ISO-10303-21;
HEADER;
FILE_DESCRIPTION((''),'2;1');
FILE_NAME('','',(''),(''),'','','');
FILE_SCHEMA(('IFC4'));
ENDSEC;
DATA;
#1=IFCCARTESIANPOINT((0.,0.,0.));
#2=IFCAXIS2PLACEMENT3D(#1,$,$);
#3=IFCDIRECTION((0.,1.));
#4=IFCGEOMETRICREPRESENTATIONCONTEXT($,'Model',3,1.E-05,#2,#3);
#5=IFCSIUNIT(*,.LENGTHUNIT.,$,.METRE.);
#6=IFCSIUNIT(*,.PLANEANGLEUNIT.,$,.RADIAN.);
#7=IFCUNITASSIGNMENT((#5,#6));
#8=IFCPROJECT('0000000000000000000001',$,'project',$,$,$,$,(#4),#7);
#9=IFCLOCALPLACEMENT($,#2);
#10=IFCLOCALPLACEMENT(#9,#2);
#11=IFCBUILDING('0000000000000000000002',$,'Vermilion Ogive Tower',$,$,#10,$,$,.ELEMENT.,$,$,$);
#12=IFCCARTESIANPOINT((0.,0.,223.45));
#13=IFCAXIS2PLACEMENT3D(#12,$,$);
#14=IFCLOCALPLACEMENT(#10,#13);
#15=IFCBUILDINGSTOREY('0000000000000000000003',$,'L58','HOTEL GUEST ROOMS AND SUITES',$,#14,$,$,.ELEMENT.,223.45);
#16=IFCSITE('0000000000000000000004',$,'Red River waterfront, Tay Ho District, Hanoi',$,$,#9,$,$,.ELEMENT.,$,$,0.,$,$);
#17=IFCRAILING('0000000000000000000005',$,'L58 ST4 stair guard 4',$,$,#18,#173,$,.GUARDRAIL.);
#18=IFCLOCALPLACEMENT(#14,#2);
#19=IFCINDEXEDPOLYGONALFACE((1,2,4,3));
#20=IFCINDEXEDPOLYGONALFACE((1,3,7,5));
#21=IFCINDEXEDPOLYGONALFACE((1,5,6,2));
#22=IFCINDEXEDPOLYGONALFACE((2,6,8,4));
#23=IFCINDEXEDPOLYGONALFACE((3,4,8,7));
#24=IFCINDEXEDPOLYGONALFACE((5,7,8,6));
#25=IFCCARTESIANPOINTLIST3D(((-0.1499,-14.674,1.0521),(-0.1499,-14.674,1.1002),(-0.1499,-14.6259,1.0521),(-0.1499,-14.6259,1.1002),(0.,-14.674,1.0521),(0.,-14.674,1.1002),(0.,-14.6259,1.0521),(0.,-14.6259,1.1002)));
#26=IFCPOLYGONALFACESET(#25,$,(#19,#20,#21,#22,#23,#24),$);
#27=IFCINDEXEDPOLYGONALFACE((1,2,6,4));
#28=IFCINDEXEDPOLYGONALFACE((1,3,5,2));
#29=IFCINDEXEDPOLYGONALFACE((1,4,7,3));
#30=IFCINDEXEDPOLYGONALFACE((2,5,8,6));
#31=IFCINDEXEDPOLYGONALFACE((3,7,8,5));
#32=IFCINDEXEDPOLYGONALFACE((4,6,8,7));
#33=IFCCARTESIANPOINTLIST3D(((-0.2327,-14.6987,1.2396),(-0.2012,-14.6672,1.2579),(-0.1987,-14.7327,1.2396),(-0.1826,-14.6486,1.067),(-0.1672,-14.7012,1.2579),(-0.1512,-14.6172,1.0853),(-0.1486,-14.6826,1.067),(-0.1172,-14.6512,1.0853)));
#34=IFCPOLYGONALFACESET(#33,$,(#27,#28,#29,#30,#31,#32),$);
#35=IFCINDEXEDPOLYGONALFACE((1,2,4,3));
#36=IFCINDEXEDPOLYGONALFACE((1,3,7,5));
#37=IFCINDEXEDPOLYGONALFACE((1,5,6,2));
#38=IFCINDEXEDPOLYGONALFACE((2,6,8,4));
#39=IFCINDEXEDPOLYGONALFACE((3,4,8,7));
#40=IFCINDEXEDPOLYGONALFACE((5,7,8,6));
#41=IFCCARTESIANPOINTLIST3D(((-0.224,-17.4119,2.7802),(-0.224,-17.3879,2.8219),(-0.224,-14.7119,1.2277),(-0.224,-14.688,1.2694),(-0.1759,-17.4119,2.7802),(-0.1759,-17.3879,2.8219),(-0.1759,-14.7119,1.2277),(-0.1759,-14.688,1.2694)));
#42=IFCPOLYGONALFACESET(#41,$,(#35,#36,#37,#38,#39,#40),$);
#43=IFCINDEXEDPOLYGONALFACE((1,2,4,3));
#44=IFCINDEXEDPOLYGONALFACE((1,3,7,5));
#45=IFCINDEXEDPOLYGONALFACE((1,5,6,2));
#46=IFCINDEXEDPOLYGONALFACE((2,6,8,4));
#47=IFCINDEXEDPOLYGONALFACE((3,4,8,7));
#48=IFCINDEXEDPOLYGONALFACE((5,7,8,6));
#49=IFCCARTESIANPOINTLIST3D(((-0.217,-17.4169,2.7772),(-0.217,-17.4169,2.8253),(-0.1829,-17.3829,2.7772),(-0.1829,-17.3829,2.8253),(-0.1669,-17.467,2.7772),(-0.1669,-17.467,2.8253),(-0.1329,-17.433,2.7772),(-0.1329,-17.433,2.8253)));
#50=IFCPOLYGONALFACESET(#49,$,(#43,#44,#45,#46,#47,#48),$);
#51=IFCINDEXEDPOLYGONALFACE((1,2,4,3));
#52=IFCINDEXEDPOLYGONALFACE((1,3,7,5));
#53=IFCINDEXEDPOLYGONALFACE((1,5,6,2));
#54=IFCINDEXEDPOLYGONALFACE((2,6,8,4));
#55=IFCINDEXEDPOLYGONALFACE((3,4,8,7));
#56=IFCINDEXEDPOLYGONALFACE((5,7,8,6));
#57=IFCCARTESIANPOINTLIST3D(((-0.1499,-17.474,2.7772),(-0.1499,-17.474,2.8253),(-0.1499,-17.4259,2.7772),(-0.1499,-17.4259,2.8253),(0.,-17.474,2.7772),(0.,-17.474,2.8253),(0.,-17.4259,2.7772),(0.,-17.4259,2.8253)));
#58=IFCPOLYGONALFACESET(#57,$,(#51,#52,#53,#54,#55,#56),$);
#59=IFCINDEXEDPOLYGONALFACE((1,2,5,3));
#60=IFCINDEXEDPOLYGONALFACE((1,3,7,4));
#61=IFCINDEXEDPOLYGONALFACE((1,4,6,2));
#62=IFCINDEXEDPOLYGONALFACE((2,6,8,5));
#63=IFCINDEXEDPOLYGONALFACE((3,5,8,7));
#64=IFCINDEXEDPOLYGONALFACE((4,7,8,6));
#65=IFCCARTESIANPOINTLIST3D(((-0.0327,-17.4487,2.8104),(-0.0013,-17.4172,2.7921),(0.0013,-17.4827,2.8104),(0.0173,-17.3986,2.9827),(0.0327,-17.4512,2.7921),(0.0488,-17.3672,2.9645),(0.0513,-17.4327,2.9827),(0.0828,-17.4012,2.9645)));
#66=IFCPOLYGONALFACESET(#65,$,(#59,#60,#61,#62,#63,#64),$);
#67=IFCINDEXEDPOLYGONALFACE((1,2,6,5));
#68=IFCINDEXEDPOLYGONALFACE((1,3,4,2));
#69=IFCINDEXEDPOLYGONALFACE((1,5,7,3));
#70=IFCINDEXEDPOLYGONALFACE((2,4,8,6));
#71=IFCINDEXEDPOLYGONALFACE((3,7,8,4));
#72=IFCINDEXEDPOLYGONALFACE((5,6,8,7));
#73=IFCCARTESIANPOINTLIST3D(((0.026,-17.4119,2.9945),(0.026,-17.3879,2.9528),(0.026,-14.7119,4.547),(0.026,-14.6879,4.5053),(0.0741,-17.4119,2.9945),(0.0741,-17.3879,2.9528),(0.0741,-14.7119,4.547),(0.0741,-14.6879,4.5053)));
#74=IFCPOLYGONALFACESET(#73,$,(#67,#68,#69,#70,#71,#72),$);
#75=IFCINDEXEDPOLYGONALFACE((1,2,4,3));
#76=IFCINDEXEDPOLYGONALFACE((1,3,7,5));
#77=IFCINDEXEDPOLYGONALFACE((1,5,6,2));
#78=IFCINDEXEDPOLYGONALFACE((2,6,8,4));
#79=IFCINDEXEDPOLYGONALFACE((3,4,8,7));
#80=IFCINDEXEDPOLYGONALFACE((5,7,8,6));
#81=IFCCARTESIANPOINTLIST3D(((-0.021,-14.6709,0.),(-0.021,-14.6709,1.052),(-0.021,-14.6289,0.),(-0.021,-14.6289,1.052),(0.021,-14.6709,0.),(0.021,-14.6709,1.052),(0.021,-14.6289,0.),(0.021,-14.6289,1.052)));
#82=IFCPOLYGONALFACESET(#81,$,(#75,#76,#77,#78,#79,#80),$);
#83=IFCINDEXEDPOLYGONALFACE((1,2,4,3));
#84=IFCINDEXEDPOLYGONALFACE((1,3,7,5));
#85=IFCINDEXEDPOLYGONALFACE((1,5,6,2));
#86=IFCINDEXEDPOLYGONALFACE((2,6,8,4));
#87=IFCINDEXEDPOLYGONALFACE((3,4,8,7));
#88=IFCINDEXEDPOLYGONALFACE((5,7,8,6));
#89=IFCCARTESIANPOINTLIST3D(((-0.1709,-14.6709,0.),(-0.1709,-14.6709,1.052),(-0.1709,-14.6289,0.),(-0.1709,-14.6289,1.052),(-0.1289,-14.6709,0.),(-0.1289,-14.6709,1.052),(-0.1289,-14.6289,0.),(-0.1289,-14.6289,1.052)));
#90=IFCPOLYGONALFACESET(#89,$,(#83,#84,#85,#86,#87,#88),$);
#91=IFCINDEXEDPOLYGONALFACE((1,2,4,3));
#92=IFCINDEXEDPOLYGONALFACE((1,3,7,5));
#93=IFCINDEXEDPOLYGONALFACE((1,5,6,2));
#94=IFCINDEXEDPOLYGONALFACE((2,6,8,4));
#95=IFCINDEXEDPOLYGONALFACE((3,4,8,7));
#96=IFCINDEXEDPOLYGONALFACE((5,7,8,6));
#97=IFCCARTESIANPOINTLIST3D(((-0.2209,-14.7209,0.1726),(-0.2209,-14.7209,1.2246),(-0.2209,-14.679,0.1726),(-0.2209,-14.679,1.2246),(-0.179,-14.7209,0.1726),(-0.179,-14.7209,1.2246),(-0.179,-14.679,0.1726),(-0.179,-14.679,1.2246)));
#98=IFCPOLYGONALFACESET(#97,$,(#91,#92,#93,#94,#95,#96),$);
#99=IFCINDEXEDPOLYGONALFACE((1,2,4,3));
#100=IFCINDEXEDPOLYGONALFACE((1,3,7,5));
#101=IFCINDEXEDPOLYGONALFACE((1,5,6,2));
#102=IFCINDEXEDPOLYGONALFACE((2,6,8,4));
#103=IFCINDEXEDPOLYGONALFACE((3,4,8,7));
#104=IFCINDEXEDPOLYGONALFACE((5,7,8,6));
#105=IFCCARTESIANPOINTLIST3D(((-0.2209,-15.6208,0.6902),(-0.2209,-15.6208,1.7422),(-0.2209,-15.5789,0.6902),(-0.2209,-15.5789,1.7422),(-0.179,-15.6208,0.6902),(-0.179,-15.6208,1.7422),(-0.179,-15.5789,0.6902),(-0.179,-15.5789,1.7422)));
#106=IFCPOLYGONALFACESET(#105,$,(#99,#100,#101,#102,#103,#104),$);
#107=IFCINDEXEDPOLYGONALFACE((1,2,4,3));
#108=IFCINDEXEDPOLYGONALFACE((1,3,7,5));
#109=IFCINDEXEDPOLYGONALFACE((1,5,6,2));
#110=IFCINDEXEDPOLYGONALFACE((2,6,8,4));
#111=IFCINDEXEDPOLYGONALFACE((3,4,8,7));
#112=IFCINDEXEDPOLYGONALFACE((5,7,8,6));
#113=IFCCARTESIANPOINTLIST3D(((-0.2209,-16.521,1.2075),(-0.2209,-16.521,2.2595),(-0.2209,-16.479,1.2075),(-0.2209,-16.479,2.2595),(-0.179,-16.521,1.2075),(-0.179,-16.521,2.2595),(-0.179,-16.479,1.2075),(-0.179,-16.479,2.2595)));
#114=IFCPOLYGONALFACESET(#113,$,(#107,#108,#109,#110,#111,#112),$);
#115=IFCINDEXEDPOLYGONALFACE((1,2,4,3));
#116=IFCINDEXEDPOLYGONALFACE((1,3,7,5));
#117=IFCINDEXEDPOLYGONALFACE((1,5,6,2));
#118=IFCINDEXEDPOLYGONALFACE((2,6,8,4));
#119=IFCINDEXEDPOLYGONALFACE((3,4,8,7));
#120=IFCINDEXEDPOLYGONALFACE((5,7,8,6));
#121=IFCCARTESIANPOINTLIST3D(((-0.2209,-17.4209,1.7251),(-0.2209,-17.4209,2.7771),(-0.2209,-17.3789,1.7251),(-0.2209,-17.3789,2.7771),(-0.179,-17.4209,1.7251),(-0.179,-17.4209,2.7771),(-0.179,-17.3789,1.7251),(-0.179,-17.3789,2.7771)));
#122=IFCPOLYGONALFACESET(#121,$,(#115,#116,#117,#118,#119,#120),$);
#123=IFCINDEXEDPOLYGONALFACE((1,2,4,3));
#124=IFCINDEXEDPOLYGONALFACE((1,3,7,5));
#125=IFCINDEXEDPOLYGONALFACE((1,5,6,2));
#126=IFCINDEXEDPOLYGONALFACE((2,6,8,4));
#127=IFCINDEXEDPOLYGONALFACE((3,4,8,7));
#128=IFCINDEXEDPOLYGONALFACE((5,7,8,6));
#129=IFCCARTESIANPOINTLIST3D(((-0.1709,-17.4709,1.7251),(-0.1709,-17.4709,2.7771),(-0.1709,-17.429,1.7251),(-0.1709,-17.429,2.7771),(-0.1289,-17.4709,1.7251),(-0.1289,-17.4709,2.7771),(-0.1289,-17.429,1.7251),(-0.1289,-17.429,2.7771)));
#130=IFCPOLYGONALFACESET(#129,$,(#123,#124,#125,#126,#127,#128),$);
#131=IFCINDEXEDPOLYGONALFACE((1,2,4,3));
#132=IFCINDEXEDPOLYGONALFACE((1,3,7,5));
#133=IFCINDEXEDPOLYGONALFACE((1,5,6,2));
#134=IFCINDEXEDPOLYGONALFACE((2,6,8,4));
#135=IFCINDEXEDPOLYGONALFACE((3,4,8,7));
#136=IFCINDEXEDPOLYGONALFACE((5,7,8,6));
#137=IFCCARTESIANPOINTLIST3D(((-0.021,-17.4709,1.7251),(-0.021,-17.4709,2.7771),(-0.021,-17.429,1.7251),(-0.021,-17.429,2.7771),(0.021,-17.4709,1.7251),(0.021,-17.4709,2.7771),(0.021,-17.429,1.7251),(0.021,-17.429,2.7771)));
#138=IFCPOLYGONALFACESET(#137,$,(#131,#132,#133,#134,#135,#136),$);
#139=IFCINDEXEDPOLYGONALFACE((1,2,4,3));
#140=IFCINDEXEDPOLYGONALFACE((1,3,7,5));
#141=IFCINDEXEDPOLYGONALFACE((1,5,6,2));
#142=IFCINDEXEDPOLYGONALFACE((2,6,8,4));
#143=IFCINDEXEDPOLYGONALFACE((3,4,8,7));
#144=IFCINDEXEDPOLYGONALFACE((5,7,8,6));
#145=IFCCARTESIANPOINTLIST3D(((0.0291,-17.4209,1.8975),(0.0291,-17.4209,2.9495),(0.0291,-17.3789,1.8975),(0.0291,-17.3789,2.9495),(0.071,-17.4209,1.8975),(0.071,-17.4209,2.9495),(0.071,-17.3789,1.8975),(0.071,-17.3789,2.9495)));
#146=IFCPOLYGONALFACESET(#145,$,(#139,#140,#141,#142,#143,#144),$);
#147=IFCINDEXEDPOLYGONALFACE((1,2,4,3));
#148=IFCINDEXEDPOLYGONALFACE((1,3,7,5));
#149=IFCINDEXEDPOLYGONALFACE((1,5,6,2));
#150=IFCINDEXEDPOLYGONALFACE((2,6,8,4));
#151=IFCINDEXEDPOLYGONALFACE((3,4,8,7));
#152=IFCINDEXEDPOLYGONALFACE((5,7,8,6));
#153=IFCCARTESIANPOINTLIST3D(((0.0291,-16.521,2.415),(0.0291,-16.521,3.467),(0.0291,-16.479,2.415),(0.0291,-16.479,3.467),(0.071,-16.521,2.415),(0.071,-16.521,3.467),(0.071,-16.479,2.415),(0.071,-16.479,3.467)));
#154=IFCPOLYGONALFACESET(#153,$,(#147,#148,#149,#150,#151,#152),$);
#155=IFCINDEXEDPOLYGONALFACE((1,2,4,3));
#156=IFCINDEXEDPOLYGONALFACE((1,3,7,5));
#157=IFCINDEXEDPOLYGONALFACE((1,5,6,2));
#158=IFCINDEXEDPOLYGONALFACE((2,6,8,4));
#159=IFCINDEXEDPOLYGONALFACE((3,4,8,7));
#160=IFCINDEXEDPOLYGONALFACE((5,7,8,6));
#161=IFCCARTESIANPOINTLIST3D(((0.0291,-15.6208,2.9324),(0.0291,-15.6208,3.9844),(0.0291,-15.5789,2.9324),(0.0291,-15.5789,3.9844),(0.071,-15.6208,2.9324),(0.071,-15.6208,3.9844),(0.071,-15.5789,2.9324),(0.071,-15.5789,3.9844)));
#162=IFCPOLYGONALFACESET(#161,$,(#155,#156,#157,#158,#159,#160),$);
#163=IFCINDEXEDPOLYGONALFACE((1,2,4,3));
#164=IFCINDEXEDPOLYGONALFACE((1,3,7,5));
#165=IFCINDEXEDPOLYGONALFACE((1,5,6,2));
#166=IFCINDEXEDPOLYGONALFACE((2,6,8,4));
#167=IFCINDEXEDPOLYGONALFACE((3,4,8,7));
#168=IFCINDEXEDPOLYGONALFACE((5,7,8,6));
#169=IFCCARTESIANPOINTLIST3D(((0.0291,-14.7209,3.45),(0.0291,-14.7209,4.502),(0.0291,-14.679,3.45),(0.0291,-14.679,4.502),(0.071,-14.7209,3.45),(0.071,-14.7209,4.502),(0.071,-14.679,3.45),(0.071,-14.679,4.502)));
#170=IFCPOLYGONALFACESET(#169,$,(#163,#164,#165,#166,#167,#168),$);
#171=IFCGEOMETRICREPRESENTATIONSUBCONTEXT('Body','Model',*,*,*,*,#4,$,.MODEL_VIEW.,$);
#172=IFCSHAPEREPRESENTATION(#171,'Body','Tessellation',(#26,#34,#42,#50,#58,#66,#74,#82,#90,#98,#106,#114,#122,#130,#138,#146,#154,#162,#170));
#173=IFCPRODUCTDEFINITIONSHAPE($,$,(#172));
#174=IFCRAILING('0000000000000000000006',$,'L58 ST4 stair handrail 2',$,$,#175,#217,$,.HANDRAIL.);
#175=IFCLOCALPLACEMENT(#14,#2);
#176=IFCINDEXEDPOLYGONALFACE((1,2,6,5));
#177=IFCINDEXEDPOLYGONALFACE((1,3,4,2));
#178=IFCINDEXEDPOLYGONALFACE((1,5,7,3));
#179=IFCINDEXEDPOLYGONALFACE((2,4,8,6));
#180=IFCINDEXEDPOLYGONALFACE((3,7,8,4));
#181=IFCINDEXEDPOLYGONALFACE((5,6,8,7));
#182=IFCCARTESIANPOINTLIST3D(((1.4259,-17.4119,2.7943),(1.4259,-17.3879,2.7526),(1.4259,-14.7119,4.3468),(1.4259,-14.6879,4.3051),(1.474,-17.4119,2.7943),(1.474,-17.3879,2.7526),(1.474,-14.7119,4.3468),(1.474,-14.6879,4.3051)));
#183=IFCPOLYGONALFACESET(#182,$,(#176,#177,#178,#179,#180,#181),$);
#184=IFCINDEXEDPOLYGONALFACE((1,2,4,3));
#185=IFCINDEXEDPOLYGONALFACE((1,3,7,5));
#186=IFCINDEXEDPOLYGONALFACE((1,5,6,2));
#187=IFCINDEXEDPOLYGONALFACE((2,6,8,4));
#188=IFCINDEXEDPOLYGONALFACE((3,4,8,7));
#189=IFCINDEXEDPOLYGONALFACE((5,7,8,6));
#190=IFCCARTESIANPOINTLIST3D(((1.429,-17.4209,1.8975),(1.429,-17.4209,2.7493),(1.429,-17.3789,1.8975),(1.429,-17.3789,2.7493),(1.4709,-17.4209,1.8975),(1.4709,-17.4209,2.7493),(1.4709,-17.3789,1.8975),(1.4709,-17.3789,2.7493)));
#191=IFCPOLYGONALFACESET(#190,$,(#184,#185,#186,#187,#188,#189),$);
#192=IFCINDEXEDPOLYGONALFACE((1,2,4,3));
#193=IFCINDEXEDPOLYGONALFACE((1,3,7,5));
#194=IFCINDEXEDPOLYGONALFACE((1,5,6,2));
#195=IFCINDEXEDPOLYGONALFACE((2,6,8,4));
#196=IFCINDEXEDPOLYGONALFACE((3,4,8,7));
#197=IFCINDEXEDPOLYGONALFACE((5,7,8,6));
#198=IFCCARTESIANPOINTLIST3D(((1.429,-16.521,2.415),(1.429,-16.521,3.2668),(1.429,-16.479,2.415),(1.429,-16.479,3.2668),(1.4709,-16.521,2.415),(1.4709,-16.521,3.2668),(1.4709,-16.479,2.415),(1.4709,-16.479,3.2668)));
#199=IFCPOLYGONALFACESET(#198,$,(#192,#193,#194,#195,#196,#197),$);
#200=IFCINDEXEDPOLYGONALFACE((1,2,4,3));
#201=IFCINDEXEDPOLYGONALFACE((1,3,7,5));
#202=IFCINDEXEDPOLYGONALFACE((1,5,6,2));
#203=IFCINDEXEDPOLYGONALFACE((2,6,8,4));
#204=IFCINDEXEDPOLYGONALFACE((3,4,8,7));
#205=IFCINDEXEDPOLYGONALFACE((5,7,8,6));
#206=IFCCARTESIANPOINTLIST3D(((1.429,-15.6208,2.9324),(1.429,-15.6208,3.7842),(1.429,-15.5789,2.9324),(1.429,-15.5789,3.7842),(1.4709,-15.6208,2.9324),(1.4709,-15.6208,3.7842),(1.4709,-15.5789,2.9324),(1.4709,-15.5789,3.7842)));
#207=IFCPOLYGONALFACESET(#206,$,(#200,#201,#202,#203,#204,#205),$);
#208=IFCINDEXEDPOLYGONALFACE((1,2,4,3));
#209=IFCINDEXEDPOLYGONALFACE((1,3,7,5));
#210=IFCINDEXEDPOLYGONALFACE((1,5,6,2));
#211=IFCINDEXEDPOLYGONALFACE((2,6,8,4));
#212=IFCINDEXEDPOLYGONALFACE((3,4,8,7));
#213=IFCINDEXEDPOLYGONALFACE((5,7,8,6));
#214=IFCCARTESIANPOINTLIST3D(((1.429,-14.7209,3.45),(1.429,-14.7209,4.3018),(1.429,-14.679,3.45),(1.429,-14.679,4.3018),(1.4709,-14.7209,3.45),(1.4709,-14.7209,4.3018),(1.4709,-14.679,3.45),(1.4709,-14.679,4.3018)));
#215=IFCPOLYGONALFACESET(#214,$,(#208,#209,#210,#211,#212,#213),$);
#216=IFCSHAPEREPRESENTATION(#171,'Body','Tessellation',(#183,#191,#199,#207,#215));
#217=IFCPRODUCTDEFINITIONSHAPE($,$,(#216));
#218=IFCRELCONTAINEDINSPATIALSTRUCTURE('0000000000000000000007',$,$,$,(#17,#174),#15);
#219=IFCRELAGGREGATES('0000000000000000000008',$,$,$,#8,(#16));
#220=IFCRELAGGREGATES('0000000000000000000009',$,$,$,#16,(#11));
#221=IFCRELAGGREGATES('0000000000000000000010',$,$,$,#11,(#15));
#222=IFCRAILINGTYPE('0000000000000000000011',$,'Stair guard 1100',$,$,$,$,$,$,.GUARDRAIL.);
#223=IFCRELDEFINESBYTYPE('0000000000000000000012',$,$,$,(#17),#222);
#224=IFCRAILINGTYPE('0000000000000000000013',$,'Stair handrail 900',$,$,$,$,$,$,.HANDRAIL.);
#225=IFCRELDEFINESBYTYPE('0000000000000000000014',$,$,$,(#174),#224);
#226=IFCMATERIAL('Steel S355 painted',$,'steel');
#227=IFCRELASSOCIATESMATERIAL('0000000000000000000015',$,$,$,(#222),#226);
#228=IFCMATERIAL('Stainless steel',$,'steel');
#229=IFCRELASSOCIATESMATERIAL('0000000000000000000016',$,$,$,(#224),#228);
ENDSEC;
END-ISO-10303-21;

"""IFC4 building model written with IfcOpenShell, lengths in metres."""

from ifc_helpers import new_model, si_unit, direction, frame, origin, origin_2d, place, context, subcontext, project, spatial, rectangle, extrude, material, type_object, element, save


model = new_model("IFC4")

# Units and contexts
model_context = context("Model", 3, precision=1e-05, world=origin(), true_north=direction((0.0, 1.0)))
body_context = subcontext(model_context, "Body", "Model", "MODEL_VIEW")
ifc_project = project(units=[si_unit("LENGTHUNIT", "METRE"), si_unit("PLANEANGLEUNIT", "RADIAN")], contexts=[model_context])

# Site, building, storey
site_placement = place(None, origin())
site = spatial("IfcSite", under=ifc_project, at=site_placement, Name="Red River waterfront, Tay Ho District, Hanoi", CompositionType="ELEMENT", RefElevation=0.0)
building_placement = place(site_placement, origin())
building = spatial("IfcBuilding", under=site, at=building_placement, Name="Vermilion Ogive Tower", CompositionType="ELEMENT")
storey_placement = place(building_placement, frame((0.0, 0.0, 223.45)))
storey = spatial("IfcBuildingStorey", under=building, at=storey_placement, Name="L58", Description="HOTEL GUEST ROOMS AND SUITES", CompositionType="ELEMENT", Elevation=223.45)

# Railings
ifc_material_1 = material(Name="Steel S355 painted", Category="steel")
railing_type_1 = type_object("IfcRailingType", Name="Stair guard 1100", PredefinedType="GUARDRAIL", material=ifc_material_1)
railing_1_placement = place(storey_placement, frame((0.0, -14.6499, 0.0)))
element("IfcRailing", 1, at=railing_1_placement, inside=storey, type_object=railing_type_1, Name="L58 ST4 stair guard 4", PredefinedType="GUARDRAIL", context=body_context, shape_type="SweptSolid", body=[
    extrude(rectangle(XDim=0.0481, YDim=0.0481, at=origin_2d()), frame((0.0, 0.0, 1.0762), z_axis=(-1.0, 0.0, 0.0), x_axis=(0.0, -1.0, 0.0)), (0.0, 0.0, 1.0), 0.1499),
    extrude(rectangle(XDim=0.0481, YDim=0.0481, at=origin_2d()), frame((-0.1499, 0.0, 1.0762), z_axis=(-0.268278, -0.268278, 0.925232), x_axis=(0.707107, -0.707107, 0.0)), (0.0, 0.0, 1.0), 0.1865),
    extrude(rectangle(XDim=0.0481, YDim=0.0481, at=origin_2d()), frame((-0.2, -0.05, 1.2485), z_axis=(0.0, -0.866904, 0.498476), x_axis=(1.0, 0.0, 0.0)), (0.0, 0.0, 1.0), 3.1145),
    extrude(rectangle(XDim=0.0481, YDim=0.0481, at=origin_2d()), frame((-0.2, -2.75, 2.8013), z_axis=(0.707107, -0.707107, 0.0), x_axis=(0.707107, 0.707107, 0.0)), (0.0, 0.0, 1.0), 0.0708),
    extrude(rectangle(XDim=0.0481, YDim=0.0481, at=origin_2d()), frame((-0.1499, -2.8, 2.8013), z_axis=(1.0, 0.0, 0.0), x_axis=(0.0, 1.0, 0.0)), (0.0, 0.0, 1.0), 0.1499),
    extrude(rectangle(XDim=0.0481, YDim=0.0481, at=origin_2d()), frame((0.0, -2.8, 2.8013), z_axis=(0.268603, 0.268603, 0.925043), x_axis=(-0.707107, 0.707107, 0.0)), (0.0, 0.0, 1.0), 0.1863),
    extrude(rectangle(XDim=0.0481, YDim=0.0481, at=origin_2d()), frame((0.05, -2.75, 2.9736), z_axis=(0.0, 0.866904, 0.498476), x_axis=(-1.0, 0.0, 0.0)), (0.0, 0.0, 1.0), 3.1145),
    extrude(rectangle(XDim=0.042, YDim=0.042, at=origin_2d()), origin(), (0.0, 0.0, 1.0), 1.052),
    extrude(rectangle(XDim=0.042, YDim=0.042, at=origin_2d()), frame((-0.1499, 0.0, 0.0)), (0.0, 0.0, 1.0), 1.052),
    extrude(rectangle(XDim=0.042, YDim=0.042, at=origin_2d()), frame((-0.2, -0.05, 0.1726)), (0.0, 0.0, 1.0), 1.052),
    extrude(rectangle(XDim=0.042, YDim=0.042, at=origin_2d()), frame((-0.2, -0.95, 0.6902)), (0.0, 0.0, 1.0), 1.052),
    extrude(rectangle(XDim=0.042, YDim=0.042, at=origin_2d()), frame((-0.2, -1.8501, 1.2075)), (0.0, 0.0, 1.0), 1.052),
    extrude(rectangle(XDim=0.042, YDim=0.042, at=origin_2d()), frame((-0.2, -2.75, 1.7251)), (0.0, 0.0, 1.0), 1.052),
    extrude(rectangle(XDim=0.042, YDim=0.042, at=origin_2d()), frame((-0.1499, -2.8, 1.7251)), (0.0, 0.0, 1.0), 1.052),
    extrude(rectangle(XDim=0.042, YDim=0.042, at=origin_2d()), frame((0.0, -2.8, 1.7251)), (0.0, 0.0, 1.0), 1.052),
    extrude(rectangle(XDim=0.042, YDim=0.042, at=origin_2d()), frame((0.05, -2.75, 1.8975)), (0.0, 0.0, 1.0), 1.052),
    extrude(rectangle(XDim=0.042, YDim=0.042, at=origin_2d()), frame((0.05, -1.8501, 2.415)), (0.0, 0.0, 1.0), 1.052),
    extrude(rectangle(XDim=0.042, YDim=0.042, at=origin_2d()), frame((0.05, -0.95, 2.9324)), (0.0, 0.0, 1.0), 1.052),
    extrude(rectangle(XDim=0.042, YDim=0.042, at=origin_2d()), frame((0.05, -0.05, 3.45)), (0.0, 0.0, 1.0), 1.052),
])
ifc_material_2 = material(Name="Stainless steel", Category="steel")
railing_type_2 = type_object("IfcRailingType", Name="Stair handrail 900", PredefinedType="HANDRAIL", material=ifc_material_2)
railing_2_placement = place(storey_placement, frame((1.45, -17.3999, 1.8975)))
element("IfcRailing", 2, at=railing_2_placement, inside=storey, type_object=railing_type_2, Name="L58 ST4 stair handrail 2", PredefinedType="HANDRAIL", context=body_context, shape_type="SweptSolid", body=[
    extrude(rectangle(XDim=0.0481, YDim=0.0481, at=origin_2d()), frame((0.0, 0.0, 0.876), z_axis=(0.0, 0.866904, 0.498476), x_axis=(-1.0, 0.0, 0.0)), (0.0, 0.0, 1.0), 3.1145),
    extrude(rectangle(XDim=0.042, YDim=0.042, at=origin_2d()), origin(), (0.0, 0.0, 1.0), 0.8518),
    extrude(rectangle(XDim=0.042, YDim=0.042, at=origin_2d()), frame((0.0, 0.8999, 0.5176)), (0.0, 0.0, 1.0), 0.8518),
    extrude(rectangle(XDim=0.042, YDim=0.042, at=origin_2d()), frame((0.0, 1.8, 1.0349)), (0.0, 0.0, 1.0), 0.8518),
    extrude(rectangle(XDim=0.042, YDim=0.042, at=origin_2d()), frame((0.0, 2.7, 1.5525)), (0.0, 0.0, 1.0), 0.8518),
])

save(model, "model.ifc")
